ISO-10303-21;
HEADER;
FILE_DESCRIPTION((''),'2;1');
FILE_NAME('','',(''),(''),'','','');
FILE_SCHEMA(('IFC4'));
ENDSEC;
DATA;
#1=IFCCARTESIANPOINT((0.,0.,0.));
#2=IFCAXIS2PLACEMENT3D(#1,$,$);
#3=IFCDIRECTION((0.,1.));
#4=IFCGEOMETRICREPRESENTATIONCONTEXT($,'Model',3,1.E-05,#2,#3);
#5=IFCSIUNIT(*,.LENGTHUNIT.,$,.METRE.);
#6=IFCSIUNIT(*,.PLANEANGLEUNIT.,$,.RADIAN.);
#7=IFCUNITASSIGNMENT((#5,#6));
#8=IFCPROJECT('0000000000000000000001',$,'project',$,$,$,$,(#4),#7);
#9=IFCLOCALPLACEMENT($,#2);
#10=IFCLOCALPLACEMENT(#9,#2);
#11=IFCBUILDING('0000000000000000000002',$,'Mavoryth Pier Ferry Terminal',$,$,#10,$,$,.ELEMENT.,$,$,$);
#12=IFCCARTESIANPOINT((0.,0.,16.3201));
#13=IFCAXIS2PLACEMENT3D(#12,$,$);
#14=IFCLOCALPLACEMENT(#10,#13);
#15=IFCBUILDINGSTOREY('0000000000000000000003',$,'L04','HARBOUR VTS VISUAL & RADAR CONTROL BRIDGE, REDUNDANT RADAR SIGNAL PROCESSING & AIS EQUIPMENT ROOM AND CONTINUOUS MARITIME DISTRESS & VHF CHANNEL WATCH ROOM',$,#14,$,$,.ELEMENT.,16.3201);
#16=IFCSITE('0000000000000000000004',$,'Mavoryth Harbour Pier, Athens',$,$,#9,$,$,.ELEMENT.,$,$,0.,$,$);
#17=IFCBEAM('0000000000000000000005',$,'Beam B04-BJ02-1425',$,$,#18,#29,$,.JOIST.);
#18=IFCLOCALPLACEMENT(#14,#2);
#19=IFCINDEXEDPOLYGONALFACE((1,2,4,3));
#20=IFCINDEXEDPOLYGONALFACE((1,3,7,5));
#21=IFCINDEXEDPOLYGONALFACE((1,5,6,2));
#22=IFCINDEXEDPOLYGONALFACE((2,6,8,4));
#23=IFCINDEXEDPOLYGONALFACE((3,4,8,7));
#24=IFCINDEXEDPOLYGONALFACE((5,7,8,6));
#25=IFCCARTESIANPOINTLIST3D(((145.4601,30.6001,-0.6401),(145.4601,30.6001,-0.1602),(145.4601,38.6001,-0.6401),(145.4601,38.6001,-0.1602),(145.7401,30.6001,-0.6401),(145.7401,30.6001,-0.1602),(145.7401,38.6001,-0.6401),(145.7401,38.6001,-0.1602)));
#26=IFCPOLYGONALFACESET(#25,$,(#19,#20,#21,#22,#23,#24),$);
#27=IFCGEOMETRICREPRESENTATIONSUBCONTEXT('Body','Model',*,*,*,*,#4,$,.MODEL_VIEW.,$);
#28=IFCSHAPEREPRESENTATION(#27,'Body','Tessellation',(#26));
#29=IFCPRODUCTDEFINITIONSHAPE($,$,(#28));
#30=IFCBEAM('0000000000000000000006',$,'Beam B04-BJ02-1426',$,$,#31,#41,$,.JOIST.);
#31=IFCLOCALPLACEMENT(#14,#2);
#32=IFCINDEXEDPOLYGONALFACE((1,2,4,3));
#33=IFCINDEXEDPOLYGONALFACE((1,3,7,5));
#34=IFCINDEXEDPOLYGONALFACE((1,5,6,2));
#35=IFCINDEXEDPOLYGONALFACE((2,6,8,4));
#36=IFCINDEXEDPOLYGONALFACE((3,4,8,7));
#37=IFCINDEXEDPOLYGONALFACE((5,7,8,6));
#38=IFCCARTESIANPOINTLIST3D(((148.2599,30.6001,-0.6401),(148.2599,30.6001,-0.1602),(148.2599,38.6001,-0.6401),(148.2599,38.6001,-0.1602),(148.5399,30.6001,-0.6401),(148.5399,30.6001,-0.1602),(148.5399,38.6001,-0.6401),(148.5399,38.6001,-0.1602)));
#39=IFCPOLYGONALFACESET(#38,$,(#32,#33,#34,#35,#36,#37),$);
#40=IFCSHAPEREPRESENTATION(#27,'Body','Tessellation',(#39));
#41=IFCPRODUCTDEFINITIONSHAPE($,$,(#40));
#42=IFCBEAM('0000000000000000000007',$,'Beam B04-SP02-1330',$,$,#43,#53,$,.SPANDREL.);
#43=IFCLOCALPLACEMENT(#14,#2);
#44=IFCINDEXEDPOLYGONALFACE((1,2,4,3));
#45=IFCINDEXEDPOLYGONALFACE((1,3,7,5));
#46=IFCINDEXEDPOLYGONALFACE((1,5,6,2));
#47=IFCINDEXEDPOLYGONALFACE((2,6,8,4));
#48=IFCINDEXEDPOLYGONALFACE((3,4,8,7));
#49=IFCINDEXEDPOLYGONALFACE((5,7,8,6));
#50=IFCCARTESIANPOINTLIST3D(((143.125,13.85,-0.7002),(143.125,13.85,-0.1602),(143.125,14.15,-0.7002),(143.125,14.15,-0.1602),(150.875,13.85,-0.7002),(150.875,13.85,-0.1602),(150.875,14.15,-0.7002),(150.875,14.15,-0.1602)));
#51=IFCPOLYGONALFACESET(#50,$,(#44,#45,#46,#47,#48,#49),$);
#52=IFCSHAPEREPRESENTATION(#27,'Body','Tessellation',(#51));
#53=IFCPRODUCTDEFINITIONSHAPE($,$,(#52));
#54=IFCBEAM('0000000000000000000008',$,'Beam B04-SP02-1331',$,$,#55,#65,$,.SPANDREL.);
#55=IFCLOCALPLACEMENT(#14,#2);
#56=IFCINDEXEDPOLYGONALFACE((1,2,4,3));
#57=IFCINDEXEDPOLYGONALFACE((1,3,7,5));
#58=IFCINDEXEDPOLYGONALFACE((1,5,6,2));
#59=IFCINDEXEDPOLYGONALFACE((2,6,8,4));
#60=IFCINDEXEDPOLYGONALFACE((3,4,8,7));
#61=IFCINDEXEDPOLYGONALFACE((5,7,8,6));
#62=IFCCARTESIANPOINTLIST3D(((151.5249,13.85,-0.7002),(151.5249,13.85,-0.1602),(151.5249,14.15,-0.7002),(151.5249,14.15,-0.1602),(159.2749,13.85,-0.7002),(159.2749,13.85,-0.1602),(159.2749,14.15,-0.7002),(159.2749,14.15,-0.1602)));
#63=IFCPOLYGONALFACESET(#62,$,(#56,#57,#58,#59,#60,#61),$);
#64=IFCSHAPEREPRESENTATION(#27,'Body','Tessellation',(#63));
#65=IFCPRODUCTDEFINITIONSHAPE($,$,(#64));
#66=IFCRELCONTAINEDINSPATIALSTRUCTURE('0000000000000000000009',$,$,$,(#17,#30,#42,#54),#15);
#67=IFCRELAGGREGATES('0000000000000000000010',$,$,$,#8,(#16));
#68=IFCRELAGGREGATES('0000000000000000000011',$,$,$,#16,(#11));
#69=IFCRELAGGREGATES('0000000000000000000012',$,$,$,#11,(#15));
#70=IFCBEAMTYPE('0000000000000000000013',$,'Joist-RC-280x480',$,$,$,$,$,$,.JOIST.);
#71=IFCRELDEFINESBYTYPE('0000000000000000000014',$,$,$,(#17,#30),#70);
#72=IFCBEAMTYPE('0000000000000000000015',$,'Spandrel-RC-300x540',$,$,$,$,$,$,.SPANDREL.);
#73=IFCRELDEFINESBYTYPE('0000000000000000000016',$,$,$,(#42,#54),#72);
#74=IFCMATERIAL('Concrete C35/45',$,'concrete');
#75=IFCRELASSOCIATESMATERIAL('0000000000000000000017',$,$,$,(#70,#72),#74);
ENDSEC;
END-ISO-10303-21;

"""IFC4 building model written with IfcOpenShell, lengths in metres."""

from ifc_helpers import new_model, si_unit, direction, frame, origin, origin_2d, place, context, subcontext, project, spatial, rectangle, extrude, material, material_profile, profile_set, type_object, element, save


model = new_model("IFC4")

# Units and contexts
model_context = context("Model", 3, precision=1e-05, world=origin(), true_north=direction((0.0, 1.0)))
body_context = subcontext(model_context, "Body", "Model", "MODEL_VIEW")
ifc_project = project(units=[si_unit("LENGTHUNIT", "METRE"), si_unit("PLANEANGLEUNIT", "RADIAN")], contexts=[model_context])

# Site, building, storey
site_placement = place(None, origin())
site = spatial("IfcSite", under=ifc_project, at=site_placement, Name="Mavoryth Harbour Pier, Athens", CompositionType="ELEMENT", RefElevation=0.0)
building_placement = place(site_placement, origin())
building = spatial("IfcBuilding", under=site, at=building_placement, Name="Mavoryth Pier Ferry Terminal", CompositionType="ELEMENT")
storey_placement = place(building_placement, frame((0.0, 0.0, 16.3201)))
storey = spatial("IfcBuildingStorey", under=building, at=storey_placement, Name="L04", Description="HARBOUR VTS VISUAL & RADAR CONTROL BRIDGE, REDUNDANT RADAR SIGNAL PROCESSING & AIS EQUIPMENT ROOM AND CONTINUOUS MARITIME DISTRESS & VHF CHANNEL WATCH ROOM", CompositionType="ELEMENT", Elevation=16.3201)

# Beams
ifc_material = material(Name="Concrete C35/45", Category="concrete")
ifc_material_profile_1 = material_profile(ifc_material, rectangle(XDim=0.28, YDim=0.48, at=origin_2d()), Name="RC 280x480", Category="concrete")
ifc_profile_set_1 = profile_set([ifc_material_profile_1], Name="Concrete C35/45 - RC 280x480")
beam_type_1 = type_object("IfcBeamType", Name="Joist-RC-280x480", PredefinedType="JOIST", material=ifc_profile_set_1)
for number, where, z_axis, x_axis, name in (
    (1, (145.6001, 30.6001, -0.4001), (0.0, 1.0, 0.0), (-1.0, 0.0, 0.0), "Beam B04-BJ02-1425"),
    (2, (148.3999, 30.6001, -0.4001), (0.0, 1.0, 0.0), (-1.0, 0.0, 0.0), "Beam B04-BJ02-1426"),
):
    element("IfcBeam", number, at=place(storey_placement, frame(where, z_axis=z_axis, x_axis=x_axis)), inside=storey, type_object=beam_type_1, Name=name, PredefinedType="JOIST", context=body_context, shape_type="SweptSolid", body=[
        extrude(rectangle(XDim=0.28, YDim=0.48, at=origin_2d()), origin(), (0.0, 0.0, 1.0), 8.0),
    ])
ifc_material_profile_2 = material_profile(ifc_material, rectangle(XDim=0.3, YDim=0.54, at=origin_2d()), Name="RC 300x540", Category="concrete")
ifc_profile_set_2 = profile_set([ifc_material_profile_2], Name="Concrete C35/45 - RC 300x540")
beam_type_2 = type_object("IfcBeamType", Name="Spandrel-RC-300x540", PredefinedType="SPANDREL", material=ifc_profile_set_2)
for number, where, z_axis, x_axis, name in (
    (3, (143.125, 14.0, -0.4302), (1.0, 0.0, 0.0), (0.0, 1.0, 0.0), "Beam B04-SP02-1330"),
    (4, (151.5249, 14.0, -0.4302), (1.0, 0.0, 0.0), (0.0, 1.0, 0.0), "Beam B04-SP02-1331"),
):
    element("IfcBeam", number, at=place(storey_placement, frame(where, z_axis=z_axis, x_axis=x_axis)), inside=storey, type_object=beam_type_2, Name=name, PredefinedType="SPANDREL", context=body_context, shape_type="SweptSolid", body=[
        extrude(rectangle(XDim=0.3, YDim=0.54, at=origin_2d()), origin(), (0.0, 0.0, 1.0), 7.75),
    ])

save(model, "model.ifc")
